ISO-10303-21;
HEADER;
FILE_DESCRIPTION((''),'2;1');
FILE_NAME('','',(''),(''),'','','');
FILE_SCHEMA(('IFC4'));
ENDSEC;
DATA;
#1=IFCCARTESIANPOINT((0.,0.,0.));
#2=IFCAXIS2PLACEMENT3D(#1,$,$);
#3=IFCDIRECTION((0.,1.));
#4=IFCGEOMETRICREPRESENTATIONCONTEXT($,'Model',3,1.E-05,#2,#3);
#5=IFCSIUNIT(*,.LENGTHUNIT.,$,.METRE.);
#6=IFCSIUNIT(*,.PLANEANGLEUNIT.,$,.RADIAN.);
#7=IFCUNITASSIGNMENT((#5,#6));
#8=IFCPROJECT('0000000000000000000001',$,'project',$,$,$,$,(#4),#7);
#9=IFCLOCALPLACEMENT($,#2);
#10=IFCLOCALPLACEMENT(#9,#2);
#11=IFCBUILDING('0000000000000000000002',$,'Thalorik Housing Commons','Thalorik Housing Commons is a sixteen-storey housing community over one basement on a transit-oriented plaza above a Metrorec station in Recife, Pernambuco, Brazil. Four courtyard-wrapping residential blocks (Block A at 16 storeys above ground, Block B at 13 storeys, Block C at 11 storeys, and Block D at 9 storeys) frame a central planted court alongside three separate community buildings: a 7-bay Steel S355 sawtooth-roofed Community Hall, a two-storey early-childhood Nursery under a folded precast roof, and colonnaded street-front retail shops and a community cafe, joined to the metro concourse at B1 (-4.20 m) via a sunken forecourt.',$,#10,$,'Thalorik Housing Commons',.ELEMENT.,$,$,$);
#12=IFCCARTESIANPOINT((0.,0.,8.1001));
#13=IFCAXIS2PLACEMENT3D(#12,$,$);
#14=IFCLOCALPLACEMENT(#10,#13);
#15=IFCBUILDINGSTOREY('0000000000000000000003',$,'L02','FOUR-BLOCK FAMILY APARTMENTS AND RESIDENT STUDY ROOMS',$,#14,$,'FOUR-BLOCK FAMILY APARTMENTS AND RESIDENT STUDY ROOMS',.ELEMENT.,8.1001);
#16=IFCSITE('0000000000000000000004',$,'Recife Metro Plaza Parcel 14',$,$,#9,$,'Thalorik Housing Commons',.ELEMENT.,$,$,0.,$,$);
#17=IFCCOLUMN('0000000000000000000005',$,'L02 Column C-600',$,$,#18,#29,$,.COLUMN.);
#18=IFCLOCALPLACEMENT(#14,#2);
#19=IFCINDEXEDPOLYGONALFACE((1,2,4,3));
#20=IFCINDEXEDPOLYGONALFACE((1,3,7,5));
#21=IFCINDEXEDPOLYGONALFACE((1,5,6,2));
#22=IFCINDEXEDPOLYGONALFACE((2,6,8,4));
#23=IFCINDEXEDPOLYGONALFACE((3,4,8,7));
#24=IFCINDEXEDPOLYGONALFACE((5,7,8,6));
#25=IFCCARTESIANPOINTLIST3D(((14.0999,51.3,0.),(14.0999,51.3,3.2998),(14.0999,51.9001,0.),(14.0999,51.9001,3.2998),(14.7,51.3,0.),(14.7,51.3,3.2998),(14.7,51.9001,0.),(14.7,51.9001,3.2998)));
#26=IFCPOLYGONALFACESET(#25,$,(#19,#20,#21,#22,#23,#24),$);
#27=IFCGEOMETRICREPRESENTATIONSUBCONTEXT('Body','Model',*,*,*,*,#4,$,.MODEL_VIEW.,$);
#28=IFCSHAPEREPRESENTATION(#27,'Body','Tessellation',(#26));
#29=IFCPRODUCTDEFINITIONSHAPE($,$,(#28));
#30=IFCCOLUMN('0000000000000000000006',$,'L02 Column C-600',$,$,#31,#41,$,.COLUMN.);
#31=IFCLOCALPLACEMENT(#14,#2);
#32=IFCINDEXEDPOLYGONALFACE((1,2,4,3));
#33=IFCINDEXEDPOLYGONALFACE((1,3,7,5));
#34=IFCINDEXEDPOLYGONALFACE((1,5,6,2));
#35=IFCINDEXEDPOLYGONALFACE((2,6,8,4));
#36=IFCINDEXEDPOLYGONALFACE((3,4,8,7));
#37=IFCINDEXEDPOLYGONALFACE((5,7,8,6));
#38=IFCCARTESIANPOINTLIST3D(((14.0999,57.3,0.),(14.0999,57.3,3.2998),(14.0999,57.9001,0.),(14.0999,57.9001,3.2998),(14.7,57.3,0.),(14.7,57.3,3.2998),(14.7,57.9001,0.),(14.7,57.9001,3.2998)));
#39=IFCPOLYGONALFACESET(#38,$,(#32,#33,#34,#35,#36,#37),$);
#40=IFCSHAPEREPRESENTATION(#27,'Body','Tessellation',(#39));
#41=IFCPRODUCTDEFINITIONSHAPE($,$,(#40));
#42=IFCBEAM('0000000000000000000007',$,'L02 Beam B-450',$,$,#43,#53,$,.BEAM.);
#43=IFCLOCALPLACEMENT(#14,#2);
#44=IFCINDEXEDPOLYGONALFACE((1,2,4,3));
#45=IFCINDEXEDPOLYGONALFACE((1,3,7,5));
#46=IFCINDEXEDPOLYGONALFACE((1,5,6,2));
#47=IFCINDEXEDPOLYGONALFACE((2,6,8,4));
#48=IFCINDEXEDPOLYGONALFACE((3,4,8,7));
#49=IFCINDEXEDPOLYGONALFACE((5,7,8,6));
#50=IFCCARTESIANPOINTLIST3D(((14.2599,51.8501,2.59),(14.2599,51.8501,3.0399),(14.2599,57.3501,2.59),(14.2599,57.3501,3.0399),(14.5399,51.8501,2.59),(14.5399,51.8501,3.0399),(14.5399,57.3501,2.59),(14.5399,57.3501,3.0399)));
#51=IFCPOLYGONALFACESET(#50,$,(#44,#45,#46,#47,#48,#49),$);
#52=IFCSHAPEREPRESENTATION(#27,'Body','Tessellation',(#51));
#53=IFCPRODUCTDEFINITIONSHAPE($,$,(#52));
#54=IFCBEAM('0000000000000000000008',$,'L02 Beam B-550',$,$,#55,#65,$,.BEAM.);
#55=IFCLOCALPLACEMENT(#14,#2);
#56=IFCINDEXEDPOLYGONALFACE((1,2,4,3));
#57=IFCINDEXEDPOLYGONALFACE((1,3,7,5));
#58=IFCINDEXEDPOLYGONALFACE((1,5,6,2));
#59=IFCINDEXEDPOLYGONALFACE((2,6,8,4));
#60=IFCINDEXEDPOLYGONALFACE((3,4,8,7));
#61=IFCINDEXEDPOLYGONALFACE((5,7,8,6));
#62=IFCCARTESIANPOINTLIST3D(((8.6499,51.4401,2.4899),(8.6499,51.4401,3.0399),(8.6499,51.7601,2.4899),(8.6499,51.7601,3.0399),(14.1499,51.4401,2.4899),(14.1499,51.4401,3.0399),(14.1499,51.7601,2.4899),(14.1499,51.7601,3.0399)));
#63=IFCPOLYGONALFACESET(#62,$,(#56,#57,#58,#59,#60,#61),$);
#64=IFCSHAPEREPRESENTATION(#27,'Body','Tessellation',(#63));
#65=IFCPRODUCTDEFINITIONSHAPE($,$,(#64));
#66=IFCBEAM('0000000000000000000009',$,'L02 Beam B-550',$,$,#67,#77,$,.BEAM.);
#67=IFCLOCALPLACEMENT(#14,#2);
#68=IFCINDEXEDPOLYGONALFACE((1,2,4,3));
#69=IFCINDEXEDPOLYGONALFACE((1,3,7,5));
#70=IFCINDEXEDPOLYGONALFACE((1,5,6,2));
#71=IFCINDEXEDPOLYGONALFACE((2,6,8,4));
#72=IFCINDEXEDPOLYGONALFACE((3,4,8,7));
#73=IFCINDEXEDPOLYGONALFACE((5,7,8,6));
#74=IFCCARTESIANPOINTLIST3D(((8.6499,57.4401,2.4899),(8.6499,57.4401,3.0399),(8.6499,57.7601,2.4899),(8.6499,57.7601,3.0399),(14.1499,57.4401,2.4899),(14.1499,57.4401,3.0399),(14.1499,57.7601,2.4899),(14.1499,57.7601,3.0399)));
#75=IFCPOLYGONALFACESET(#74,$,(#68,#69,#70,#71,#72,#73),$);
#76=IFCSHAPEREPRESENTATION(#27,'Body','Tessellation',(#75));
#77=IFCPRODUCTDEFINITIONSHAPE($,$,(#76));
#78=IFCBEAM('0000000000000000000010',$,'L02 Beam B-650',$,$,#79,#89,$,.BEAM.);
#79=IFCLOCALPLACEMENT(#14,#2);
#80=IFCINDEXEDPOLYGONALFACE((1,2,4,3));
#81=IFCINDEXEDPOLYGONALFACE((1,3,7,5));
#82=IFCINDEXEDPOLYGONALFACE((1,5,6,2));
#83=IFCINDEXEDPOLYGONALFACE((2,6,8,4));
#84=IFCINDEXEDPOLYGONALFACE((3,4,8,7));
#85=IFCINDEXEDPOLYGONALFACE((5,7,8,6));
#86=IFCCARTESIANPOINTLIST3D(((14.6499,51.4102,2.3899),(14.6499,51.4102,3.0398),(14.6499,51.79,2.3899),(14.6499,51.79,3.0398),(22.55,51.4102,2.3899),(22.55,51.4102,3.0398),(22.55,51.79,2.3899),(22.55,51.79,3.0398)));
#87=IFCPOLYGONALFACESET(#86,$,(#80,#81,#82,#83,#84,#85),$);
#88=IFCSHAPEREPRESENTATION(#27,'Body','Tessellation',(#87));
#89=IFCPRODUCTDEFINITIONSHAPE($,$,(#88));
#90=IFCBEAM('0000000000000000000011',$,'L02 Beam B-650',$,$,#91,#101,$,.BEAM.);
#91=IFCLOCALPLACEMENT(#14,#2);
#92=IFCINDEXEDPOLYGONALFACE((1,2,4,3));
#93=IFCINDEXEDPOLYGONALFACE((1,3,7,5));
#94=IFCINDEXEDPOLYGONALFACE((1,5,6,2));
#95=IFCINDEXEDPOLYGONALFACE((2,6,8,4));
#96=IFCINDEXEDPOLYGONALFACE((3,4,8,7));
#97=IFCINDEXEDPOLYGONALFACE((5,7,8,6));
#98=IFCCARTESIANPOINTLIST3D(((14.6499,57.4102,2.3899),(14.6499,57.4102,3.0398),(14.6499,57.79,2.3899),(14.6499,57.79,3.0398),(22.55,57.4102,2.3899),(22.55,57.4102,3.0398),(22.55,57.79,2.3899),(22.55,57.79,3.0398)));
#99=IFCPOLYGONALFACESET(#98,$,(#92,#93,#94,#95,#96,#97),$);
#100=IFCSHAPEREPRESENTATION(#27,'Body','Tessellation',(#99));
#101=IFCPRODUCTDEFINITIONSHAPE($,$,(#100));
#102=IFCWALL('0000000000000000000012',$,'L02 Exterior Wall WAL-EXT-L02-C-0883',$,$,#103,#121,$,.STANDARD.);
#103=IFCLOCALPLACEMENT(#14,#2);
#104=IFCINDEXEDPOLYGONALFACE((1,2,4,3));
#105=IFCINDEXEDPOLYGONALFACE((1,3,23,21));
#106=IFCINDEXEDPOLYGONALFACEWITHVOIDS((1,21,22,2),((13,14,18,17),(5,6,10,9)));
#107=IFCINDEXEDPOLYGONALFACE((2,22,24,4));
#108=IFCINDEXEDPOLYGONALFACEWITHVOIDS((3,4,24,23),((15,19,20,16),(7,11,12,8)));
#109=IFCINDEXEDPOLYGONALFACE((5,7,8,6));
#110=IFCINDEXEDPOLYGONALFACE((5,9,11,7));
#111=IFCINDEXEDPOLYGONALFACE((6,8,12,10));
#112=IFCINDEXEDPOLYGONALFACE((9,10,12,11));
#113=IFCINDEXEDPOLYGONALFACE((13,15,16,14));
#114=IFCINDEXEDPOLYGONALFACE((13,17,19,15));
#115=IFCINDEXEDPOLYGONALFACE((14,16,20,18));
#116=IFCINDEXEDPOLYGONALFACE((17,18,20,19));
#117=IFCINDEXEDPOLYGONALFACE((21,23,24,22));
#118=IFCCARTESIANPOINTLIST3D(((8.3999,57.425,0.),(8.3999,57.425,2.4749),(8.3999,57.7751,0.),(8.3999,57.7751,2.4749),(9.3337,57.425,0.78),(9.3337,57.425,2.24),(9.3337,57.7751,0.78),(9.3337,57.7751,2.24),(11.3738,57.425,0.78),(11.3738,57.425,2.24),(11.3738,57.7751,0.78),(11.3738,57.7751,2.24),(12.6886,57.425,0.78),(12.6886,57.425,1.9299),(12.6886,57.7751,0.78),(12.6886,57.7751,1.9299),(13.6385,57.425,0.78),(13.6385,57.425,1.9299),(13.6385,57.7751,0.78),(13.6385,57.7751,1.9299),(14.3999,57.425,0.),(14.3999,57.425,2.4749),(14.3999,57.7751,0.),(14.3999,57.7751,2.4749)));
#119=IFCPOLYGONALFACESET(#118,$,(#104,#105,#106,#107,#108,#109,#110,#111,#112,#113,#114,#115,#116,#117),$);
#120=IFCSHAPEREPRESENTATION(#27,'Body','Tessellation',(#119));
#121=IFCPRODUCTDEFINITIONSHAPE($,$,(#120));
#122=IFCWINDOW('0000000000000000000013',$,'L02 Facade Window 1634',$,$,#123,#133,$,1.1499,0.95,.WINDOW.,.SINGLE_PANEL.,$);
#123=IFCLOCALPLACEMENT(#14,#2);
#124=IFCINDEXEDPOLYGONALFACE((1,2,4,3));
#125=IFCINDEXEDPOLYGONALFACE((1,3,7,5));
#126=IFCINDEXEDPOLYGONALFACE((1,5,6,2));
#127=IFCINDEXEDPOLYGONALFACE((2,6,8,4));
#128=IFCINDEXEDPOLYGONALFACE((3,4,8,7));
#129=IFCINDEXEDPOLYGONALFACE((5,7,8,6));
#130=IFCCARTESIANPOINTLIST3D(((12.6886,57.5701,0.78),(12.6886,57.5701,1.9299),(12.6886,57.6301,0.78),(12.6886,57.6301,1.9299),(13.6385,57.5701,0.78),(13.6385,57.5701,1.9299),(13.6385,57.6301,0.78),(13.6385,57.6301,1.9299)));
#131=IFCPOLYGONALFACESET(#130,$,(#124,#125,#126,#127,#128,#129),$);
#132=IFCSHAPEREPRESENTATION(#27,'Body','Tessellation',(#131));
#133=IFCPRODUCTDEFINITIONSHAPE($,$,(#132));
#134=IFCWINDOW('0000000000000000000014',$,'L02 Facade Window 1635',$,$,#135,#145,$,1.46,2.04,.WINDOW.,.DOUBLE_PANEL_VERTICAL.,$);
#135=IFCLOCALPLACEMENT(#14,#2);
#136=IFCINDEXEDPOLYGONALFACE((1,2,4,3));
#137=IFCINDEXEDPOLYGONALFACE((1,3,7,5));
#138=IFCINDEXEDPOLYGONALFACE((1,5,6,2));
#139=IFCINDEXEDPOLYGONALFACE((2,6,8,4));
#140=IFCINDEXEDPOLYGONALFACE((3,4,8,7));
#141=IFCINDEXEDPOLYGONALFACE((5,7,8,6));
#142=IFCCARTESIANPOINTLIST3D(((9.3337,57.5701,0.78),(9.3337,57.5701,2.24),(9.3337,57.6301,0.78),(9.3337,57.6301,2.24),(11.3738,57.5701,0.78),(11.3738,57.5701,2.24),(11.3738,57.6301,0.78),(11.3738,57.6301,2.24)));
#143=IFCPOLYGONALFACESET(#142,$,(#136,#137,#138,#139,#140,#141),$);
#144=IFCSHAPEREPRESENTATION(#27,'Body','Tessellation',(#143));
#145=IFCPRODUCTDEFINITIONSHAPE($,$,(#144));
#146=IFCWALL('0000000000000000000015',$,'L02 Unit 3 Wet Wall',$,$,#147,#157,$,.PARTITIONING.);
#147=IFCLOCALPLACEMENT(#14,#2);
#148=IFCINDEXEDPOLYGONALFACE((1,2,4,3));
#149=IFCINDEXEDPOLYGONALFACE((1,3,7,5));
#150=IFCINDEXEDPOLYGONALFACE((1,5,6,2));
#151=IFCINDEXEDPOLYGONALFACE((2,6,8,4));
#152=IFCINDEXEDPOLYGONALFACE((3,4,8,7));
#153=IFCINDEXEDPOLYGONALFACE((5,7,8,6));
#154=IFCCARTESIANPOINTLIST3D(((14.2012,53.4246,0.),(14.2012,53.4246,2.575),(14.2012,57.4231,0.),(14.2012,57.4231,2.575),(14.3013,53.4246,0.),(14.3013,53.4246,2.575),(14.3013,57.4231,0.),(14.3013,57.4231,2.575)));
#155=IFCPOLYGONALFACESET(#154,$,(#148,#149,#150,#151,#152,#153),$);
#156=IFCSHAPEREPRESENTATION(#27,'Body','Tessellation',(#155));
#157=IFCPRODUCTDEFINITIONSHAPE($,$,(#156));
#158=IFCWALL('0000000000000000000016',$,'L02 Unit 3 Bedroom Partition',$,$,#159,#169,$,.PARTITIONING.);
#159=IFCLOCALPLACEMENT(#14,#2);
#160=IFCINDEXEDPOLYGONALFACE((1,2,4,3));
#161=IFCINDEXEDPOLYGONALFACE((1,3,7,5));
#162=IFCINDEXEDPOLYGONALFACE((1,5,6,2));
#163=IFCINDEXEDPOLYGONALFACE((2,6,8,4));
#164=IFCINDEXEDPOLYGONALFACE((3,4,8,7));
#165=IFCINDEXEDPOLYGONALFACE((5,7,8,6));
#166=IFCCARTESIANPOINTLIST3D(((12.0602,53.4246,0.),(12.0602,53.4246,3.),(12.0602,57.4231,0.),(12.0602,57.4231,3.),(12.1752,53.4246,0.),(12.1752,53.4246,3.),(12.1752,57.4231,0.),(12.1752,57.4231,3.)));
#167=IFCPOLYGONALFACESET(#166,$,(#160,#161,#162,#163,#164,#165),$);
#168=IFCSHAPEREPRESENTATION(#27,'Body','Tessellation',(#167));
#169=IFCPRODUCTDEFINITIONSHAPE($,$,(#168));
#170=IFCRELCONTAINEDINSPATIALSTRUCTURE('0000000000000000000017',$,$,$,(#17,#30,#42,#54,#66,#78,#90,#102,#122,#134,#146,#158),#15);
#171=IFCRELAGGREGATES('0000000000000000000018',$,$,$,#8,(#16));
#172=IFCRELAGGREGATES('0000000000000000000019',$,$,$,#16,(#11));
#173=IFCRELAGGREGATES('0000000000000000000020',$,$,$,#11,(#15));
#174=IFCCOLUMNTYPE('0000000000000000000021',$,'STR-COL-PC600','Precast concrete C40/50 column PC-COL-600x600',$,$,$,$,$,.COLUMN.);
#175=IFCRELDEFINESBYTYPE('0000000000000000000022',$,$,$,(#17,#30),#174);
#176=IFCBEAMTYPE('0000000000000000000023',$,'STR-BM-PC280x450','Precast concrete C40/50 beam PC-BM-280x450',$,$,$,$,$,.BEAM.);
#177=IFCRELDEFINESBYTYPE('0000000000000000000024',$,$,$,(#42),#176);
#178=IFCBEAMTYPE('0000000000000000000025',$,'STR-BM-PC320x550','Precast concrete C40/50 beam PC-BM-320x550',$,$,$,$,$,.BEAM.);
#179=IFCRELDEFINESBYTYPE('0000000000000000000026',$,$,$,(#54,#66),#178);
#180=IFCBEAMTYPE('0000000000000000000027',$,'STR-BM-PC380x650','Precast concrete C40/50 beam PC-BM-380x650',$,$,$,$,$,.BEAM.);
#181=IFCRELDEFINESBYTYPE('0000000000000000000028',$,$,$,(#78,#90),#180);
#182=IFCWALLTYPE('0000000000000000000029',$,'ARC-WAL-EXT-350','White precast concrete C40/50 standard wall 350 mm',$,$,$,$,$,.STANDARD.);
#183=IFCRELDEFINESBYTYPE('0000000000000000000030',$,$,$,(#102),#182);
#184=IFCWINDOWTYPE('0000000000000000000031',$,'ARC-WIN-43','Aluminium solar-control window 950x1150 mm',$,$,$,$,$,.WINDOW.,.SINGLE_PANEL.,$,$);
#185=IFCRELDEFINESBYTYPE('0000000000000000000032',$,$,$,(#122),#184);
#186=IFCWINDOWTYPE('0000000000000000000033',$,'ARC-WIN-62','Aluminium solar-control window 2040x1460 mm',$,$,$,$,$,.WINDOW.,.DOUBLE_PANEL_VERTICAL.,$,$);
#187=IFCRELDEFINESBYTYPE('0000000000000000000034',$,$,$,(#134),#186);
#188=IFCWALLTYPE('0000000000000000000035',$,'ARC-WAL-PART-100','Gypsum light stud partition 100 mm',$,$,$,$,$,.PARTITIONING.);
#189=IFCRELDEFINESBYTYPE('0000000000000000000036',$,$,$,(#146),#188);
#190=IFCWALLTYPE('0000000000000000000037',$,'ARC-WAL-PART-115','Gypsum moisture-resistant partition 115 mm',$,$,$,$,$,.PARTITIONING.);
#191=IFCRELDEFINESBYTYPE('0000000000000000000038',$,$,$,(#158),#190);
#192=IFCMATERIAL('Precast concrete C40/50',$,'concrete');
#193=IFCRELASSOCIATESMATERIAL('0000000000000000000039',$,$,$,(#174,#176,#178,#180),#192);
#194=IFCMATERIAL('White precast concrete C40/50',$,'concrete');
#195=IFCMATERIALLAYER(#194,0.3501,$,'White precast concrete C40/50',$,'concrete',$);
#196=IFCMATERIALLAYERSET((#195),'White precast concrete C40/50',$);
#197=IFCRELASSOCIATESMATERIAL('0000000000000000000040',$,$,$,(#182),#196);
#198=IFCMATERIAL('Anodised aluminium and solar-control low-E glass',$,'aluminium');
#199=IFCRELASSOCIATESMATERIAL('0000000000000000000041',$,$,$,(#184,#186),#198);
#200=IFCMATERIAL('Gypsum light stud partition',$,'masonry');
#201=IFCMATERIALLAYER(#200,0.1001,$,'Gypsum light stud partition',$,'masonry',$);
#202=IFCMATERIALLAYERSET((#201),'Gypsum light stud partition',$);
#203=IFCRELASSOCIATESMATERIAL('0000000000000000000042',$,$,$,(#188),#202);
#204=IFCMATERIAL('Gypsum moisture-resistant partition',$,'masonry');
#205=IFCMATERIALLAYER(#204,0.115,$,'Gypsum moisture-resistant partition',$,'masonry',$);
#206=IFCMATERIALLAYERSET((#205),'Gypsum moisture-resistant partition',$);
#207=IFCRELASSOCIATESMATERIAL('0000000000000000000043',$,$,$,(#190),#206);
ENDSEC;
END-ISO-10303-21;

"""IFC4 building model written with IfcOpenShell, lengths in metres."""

from ifc_helpers import new_model, si_unit, direction, frame, frame_2d, origin, origin_2d, place, context, subcontext, project, spatial, rectangle, extrude, material, layer, layer_set, material_profile, profile_set, type_object, element, fill, save


model = new_model("IFC4")

# Units and contexts
model_context = context("Model", 3, precision=1e-05, world=origin(), true_north=direction((0.0, 1.0)))
body_context = subcontext(model_context, "Body", "Model", "MODEL_VIEW")
ifc_project = project(units=[si_unit("LENGTHUNIT", "METRE"), si_unit("PLANEANGLEUNIT", "RADIAN")], contexts=[model_context])

# Site, building, storey
site_placement = place(None, origin())
site = spatial("IfcSite", under=ifc_project, at=site_placement, Name="Recife Metro Plaza Parcel 14", LongName="Thalorik Housing Commons", CompositionType="ELEMENT", RefElevation=0.0)
building_placement = place(site_placement, origin())
building = spatial("IfcBuilding", under=site, at=building_placement, Name="Thalorik Housing Commons", Description="Thalorik Housing Commons is a sixteen-storey housing community over one basement on a transit-oriented plaza above a Metrorec station in Recife, Pernambuco, Brazil. Four courtyard-wrapping residential blocks (Block A at 16 storeys above ground, Block B at 13 storeys, Block C at 11 storeys, and Block D at 9 storeys) frame a central planted court alongside three separate community buildings: a 7-bay Steel S355 sawtooth-roofed Community Hall, a two-storey early-childhood Nursery under a folded precast roof, and colonnaded street-front retail shops and a community cafe, joined to the metro concourse at B1 (-4.20 m) via a sunken forecourt.", LongName="Thalorik Housing Commons", CompositionType="ELEMENT")
storey_placement = place(building_placement, frame((0.0, 0.0, 8.1001)))
storey = spatial("IfcBuildingStorey", under=building, at=storey_placement, Name="L02", Description="FOUR-BLOCK FAMILY APARTMENTS AND RESIDENT STUDY ROOMS", LongName="FOUR-BLOCK FAMILY APARTMENTS AND RESIDENT STUDY ROOMS", CompositionType="ELEMENT", Elevation=8.1001)

# Columns
ifc_material_1 = material(Name="Precast concrete C40/50", Category="concrete")
ifc_material_profile_1 = material_profile(ifc_material_1, rectangle(XDim=0.6001, YDim=0.6001, at=origin_2d()), Name="PC 600x600", Category="concrete")
ifc_profile_set_1 = profile_set([ifc_material_profile_1], Name="Precast concrete C40/50")
column_type = type_object("IfcColumnType", Name="STR-COL-PC600", Description="Precast concrete C40/50 column PC-COL-600x600", PredefinedType="COLUMN", material=ifc_profile_set_1)
for number, where, z_axis, x_axis, name in (
    (1, (14.3999, 51.6001, 0.0), (0.0, 0.0, 1.0), (1.0, 0.0, 0.0), "L02 Column C-600"),
    (2, (14.3999, 57.6001, 0.0), (0.0, 0.0, 1.0), (1.0, 0.0, 0.0), "L02 Column C-600"),
):
    element("IfcColumn", number, at=place(storey_placement, frame(where, z_axis=z_axis, x_axis=x_axis)), inside=storey, type_object=column_type, Name=name, PredefinedType="COLUMN", context=body_context, shape_type="SweptSolid", body=[
        extrude(rectangle(XDim=0.6001, YDim=0.6001, at=origin_2d()), origin(), (0.0, 0.0, 1.0), 3.2998),
    ])

# Beams
ifc_material_profile_2 = material_profile(ifc_material_1, rectangle(XDim=0.28, YDim=0.45, at=origin_2d()), Name="PC 280x450", Category="concrete")
ifc_profile_set_2 = profile_set([ifc_material_profile_2], Name="Precast concrete C40/50")
beam_type_1 = type_object("IfcBeamType", Name="STR-BM-PC280x450", Description="Precast concrete C40/50 beam PC-BM-280x450", PredefinedType="BEAM", material=ifc_profile_set_2)
beam_placement = place(storey_placement, frame((14.3999, 51.8501, 2.8149), z_axis=(0.0, 1.0, 0.0), x_axis=(-1.0, 0.0, 0.0)))
element("IfcBeam", 3, at=beam_placement, inside=storey, type_object=beam_type_1, Name="L02 Beam B-450", PredefinedType="BEAM", context=body_context, shape_type="SweptSolid", body=[
    extrude(rectangle(XDim=0.28, YDim=0.45, at=origin_2d()), origin(), (0.0, 0.0, 1.0), 5.5),
])
ifc_material_profile_3 = material_profile(ifc_material_1, rectangle(XDim=0.3201, YDim=0.55, at=origin_2d()), Name="PC 320x550", Category="concrete")
ifc_profile_set_3 = profile_set([ifc_material_profile_3], Name="Precast concrete C40/50")
beam_type_2 = type_object("IfcBeamType", Name="STR-BM-PC320x550", Description="Precast concrete C40/50 beam PC-BM-320x550", PredefinedType="BEAM", material=ifc_profile_set_3)
for number, where, z_axis, x_axis, name in (
    (4, (8.6499, 51.6001, 2.7649), (1.0, 0.0, 0.0), (0.0, 1.0, 0.0), "L02 Beam B-550"),
    (5, (8.6499, 57.6001, 2.7649), (1.0, 0.0, 0.0), (0.0, 1.0, 0.0), "L02 Beam B-550"),
):
    element("IfcBeam", number, at=place(storey_placement, frame(where, z_axis=z_axis, x_axis=x_axis)), inside=storey, type_object=beam_type_2, Name=name, PredefinedType="BEAM", context=body_context, shape_type="SweptSolid", body=[
        extrude(rectangle(XDim=0.3201, YDim=0.55, at=origin_2d()), origin(), (0.0, 0.0, 1.0), 5.5),
    ])
ifc_material_profile_4 = material_profile(ifc_material_1, rectangle(XDim=0.3799, YDim=0.6499, at=origin_2d()), Name="PC 380x650", Category="concrete")
ifc_profile_set_4 = profile_set([ifc_material_profile_4], Name="Precast concrete C40/50")
beam_type_3 = type_object("IfcBeamType", Name="STR-BM-PC380x650", Description="Precast concrete C40/50 beam PC-BM-380x650", PredefinedType="BEAM", material=ifc_profile_set_4)
for number, where, z_axis, x_axis, name in (
    (6, (14.6499, 51.6001, 2.7148), (1.0, 0.0, 0.0), (0.0, 1.0, 0.0), "L02 Beam B-650"),
    (7, (14.6499, 57.6001, 2.7148), (1.0, 0.0, 0.0), (0.0, 1.0, 0.0), "L02 Beam B-650"),
):
    element("IfcBeam", number, at=place(storey_placement, frame(where, z_axis=z_axis, x_axis=x_axis)), inside=storey, type_object=beam_type_3, Name=name, PredefinedType="BEAM", context=body_context, shape_type="SweptSolid", body=[
        extrude(rectangle(XDim=0.3799, YDim=0.6499, at=origin_2d()), origin(), (0.0, 0.0, 1.0), 7.9001),
    ])

# Wall, openings, windows
ifc_material_2 = material(Name="White precast concrete C40/50", Category="concrete")
ifc_layer_1 = layer(ifc_material_2, 0.3501, Name="White precast concrete C40/50", Category="concrete")
ifc_layer_set_1 = layer_set([ifc_layer_1], Name="White precast concrete C40/50")
wall_type_1 = type_object("IfcWallType", Name="ARC-WAL-EXT-350", Description="White precast concrete C40/50 standard wall 350 mm", PredefinedType="STANDARD", material=ifc_layer_set_1)
wall_1_placement = place(storey_placement, frame((14.3999, 57.6001, 0.0), z_axis=(0.0, 0.0, 1.0), x_axis=(-1.0, 0.0, 0.0)))
wall_1 = element("IfcWall", 8, at=wall_1_placement, inside=storey, type_object=wall_type_1, Name="L02 Exterior Wall WAL-EXT-L02-C-0883", PredefinedType="STANDARD", context=body_context, shape_type="SweptSolid", body=[
    extrude(rectangle(XDim=6.0, YDim=0.3501, at=frame_2d((3.0, 0.0))), origin(), (0.0, 0.0, 1.0), 2.4749),
])
opening_1_placement = place(wall_1_placement, frame((0.7612, 0.0, 0.78)))
opening_1 = element("IfcOpeningElement", 9, at=opening_1_placement, cuts=wall_1, PredefinedType="OPENING", context=body_context, shape_type="SweptSolid", body=[
    extrude(rectangle(XDim=0.95, YDim=1.1499, at=frame_2d((0.4751, 0.575))), frame((0.0, 0.1851, 0.0), z_axis=(0.0, -1.0, 0.0), x_axis=(1.0, 0.0, 0.0)), (0.0, 0.0, 1.0), 0.3701),
])
opening_2_placement = place(wall_1_placement, frame((3.0261, 0.0, 0.78)))
opening_2 = element("IfcOpeningElement", 10, at=opening_2_placement, cuts=wall_1, PredefinedType="OPENING", context=body_context, shape_type="SweptSolid", body=[
    extrude(rectangle(XDim=2.04, YDim=1.46, at=frame_2d((1.02, 0.73))), frame((0.0, 0.1851, 0.0), z_axis=(0.0, -1.0, 0.0), x_axis=(1.0, 0.0, 0.0)), (0.0, 0.0, 1.0), 0.3701),
])
ifc_material_3 = material(Name="Anodised aluminium and solar-control low-E glass", Category="aluminium")
window_type_1 = type_object("IfcWindowType", Name="ARC-WIN-43", Description="Aluminium solar-control window 950x1150 mm", PartitioningType="SINGLE_PANEL", PredefinedType="WINDOW", material=ifc_material_3)
window_1_placement = place(opening_1_placement, origin())
window_1 = element("IfcWindow", 11, at=window_1_placement, inside=storey, type_object=window_type_1, Name="L02 Facade Window 1634", OverallHeight=1.1499, OverallWidth=0.95, PartitioningType="SINGLE_PANEL", PredefinedType="WINDOW", context=body_context, shape_type="SweptSolid", body=[
    extrude(rectangle(XDim=0.95, YDim=1.1499, at=frame_2d((0.4751, 0.575))), frame((0.0, 0.03, 0.0), z_axis=(0.0, -1.0, 0.0), x_axis=(1.0, 0.0, 0.0)), (0.0, 0.0, 1.0), 0.0601),
])
fill(opening_1, window_1)
window_type_2 = type_object("IfcWindowType", Name="ARC-WIN-62", Description="Aluminium solar-control window 2040x1460 mm", PartitioningType="DOUBLE_PANEL_VERTICAL", PredefinedType="WINDOW", material=ifc_material_3)
window_2_placement = place(opening_2_placement, origin())
window_2 = element("IfcWindow", 12, at=window_2_placement, inside=storey, type_object=window_type_2, Name="L02 Facade Window 1635", OverallHeight=1.46, OverallWidth=2.04, PartitioningType="DOUBLE_PANEL_VERTICAL", PredefinedType="WINDOW", context=body_context, shape_type="SweptSolid", body=[
    extrude(rectangle(XDim=2.04, YDim=1.46, at=frame_2d((1.02, 0.73))), frame((0.0, 0.03, 0.0), z_axis=(0.0, -1.0, 0.0), x_axis=(1.0, 0.0, 0.0)), (0.0, 0.0, 1.0), 0.0601),
])
fill(opening_2, window_2)

# Walls
ifc_material_4 = material(Name="Gypsum light stud partition", Category="masonry")
ifc_layer_2 = layer(ifc_material_4, 0.1001, Name="Gypsum light stud partition", Category="masonry")
ifc_layer_set_2 = layer_set([ifc_layer_2], Name="Gypsum light stud partition")
wall_type_2 = type_object("IfcWallType", Name="ARC-WAL-PART-100", Description="Gypsum light stud partition 100 mm", PredefinedType="PARTITIONING", material=ifc_layer_set_2)
wall_2_placement = place(storey_placement, frame((14.2512, 53.4246, 0.0), z_axis=(0.0, 0.0, 1.0), x_axis=(0.0, 1.0, 0.0)))
element("IfcWall", 13, at=wall_2_placement, inside=storey, type_object=wall_type_2, Name="L02 Unit 3 Wet Wall", PredefinedType="PARTITIONING", context=body_context, shape_type="SweptSolid", body=[
    extrude(rectangle(XDim=3.9985, YDim=0.1001, at=frame_2d((1.9993, 0.0))), origin(), (0.0, 0.0, 1.0), 2.575),
])
ifc_material_5 = material(Name="Gypsum moisture-resistant partition", Category="masonry")
ifc_layer_3 = layer(ifc_material_5, 0.115, Name="Gypsum moisture-resistant partition", Category="masonry")
ifc_layer_set_3 = layer_set([ifc_layer_3], Name="Gypsum moisture-resistant partition")
wall_type_3 = type_object("IfcWallType", Name="ARC-WAL-PART-115", Description="Gypsum moisture-resistant partition 115 mm", PredefinedType="PARTITIONING", material=ifc_layer_set_3)
wall_3_placement = place(storey_placement, frame((12.1177, 53.4246, 0.0), z_axis=(0.0, 0.0, 1.0), x_axis=(0.0, 1.0, 0.0)))
element("IfcWall", 14, at=wall_3_placement, inside=storey, type_object=wall_type_3, Name="L02 Unit 3 Bedroom Partition", PredefinedType="PARTITIONING", context=body_context, shape_type="SweptSolid", body=[
    extrude(rectangle(XDim=3.9985, YDim=0.115, at=frame_2d((1.9993, 0.0))), origin(), (0.0, 0.0, 1.0), 3.0),
])

save(model, "model.ifc")
